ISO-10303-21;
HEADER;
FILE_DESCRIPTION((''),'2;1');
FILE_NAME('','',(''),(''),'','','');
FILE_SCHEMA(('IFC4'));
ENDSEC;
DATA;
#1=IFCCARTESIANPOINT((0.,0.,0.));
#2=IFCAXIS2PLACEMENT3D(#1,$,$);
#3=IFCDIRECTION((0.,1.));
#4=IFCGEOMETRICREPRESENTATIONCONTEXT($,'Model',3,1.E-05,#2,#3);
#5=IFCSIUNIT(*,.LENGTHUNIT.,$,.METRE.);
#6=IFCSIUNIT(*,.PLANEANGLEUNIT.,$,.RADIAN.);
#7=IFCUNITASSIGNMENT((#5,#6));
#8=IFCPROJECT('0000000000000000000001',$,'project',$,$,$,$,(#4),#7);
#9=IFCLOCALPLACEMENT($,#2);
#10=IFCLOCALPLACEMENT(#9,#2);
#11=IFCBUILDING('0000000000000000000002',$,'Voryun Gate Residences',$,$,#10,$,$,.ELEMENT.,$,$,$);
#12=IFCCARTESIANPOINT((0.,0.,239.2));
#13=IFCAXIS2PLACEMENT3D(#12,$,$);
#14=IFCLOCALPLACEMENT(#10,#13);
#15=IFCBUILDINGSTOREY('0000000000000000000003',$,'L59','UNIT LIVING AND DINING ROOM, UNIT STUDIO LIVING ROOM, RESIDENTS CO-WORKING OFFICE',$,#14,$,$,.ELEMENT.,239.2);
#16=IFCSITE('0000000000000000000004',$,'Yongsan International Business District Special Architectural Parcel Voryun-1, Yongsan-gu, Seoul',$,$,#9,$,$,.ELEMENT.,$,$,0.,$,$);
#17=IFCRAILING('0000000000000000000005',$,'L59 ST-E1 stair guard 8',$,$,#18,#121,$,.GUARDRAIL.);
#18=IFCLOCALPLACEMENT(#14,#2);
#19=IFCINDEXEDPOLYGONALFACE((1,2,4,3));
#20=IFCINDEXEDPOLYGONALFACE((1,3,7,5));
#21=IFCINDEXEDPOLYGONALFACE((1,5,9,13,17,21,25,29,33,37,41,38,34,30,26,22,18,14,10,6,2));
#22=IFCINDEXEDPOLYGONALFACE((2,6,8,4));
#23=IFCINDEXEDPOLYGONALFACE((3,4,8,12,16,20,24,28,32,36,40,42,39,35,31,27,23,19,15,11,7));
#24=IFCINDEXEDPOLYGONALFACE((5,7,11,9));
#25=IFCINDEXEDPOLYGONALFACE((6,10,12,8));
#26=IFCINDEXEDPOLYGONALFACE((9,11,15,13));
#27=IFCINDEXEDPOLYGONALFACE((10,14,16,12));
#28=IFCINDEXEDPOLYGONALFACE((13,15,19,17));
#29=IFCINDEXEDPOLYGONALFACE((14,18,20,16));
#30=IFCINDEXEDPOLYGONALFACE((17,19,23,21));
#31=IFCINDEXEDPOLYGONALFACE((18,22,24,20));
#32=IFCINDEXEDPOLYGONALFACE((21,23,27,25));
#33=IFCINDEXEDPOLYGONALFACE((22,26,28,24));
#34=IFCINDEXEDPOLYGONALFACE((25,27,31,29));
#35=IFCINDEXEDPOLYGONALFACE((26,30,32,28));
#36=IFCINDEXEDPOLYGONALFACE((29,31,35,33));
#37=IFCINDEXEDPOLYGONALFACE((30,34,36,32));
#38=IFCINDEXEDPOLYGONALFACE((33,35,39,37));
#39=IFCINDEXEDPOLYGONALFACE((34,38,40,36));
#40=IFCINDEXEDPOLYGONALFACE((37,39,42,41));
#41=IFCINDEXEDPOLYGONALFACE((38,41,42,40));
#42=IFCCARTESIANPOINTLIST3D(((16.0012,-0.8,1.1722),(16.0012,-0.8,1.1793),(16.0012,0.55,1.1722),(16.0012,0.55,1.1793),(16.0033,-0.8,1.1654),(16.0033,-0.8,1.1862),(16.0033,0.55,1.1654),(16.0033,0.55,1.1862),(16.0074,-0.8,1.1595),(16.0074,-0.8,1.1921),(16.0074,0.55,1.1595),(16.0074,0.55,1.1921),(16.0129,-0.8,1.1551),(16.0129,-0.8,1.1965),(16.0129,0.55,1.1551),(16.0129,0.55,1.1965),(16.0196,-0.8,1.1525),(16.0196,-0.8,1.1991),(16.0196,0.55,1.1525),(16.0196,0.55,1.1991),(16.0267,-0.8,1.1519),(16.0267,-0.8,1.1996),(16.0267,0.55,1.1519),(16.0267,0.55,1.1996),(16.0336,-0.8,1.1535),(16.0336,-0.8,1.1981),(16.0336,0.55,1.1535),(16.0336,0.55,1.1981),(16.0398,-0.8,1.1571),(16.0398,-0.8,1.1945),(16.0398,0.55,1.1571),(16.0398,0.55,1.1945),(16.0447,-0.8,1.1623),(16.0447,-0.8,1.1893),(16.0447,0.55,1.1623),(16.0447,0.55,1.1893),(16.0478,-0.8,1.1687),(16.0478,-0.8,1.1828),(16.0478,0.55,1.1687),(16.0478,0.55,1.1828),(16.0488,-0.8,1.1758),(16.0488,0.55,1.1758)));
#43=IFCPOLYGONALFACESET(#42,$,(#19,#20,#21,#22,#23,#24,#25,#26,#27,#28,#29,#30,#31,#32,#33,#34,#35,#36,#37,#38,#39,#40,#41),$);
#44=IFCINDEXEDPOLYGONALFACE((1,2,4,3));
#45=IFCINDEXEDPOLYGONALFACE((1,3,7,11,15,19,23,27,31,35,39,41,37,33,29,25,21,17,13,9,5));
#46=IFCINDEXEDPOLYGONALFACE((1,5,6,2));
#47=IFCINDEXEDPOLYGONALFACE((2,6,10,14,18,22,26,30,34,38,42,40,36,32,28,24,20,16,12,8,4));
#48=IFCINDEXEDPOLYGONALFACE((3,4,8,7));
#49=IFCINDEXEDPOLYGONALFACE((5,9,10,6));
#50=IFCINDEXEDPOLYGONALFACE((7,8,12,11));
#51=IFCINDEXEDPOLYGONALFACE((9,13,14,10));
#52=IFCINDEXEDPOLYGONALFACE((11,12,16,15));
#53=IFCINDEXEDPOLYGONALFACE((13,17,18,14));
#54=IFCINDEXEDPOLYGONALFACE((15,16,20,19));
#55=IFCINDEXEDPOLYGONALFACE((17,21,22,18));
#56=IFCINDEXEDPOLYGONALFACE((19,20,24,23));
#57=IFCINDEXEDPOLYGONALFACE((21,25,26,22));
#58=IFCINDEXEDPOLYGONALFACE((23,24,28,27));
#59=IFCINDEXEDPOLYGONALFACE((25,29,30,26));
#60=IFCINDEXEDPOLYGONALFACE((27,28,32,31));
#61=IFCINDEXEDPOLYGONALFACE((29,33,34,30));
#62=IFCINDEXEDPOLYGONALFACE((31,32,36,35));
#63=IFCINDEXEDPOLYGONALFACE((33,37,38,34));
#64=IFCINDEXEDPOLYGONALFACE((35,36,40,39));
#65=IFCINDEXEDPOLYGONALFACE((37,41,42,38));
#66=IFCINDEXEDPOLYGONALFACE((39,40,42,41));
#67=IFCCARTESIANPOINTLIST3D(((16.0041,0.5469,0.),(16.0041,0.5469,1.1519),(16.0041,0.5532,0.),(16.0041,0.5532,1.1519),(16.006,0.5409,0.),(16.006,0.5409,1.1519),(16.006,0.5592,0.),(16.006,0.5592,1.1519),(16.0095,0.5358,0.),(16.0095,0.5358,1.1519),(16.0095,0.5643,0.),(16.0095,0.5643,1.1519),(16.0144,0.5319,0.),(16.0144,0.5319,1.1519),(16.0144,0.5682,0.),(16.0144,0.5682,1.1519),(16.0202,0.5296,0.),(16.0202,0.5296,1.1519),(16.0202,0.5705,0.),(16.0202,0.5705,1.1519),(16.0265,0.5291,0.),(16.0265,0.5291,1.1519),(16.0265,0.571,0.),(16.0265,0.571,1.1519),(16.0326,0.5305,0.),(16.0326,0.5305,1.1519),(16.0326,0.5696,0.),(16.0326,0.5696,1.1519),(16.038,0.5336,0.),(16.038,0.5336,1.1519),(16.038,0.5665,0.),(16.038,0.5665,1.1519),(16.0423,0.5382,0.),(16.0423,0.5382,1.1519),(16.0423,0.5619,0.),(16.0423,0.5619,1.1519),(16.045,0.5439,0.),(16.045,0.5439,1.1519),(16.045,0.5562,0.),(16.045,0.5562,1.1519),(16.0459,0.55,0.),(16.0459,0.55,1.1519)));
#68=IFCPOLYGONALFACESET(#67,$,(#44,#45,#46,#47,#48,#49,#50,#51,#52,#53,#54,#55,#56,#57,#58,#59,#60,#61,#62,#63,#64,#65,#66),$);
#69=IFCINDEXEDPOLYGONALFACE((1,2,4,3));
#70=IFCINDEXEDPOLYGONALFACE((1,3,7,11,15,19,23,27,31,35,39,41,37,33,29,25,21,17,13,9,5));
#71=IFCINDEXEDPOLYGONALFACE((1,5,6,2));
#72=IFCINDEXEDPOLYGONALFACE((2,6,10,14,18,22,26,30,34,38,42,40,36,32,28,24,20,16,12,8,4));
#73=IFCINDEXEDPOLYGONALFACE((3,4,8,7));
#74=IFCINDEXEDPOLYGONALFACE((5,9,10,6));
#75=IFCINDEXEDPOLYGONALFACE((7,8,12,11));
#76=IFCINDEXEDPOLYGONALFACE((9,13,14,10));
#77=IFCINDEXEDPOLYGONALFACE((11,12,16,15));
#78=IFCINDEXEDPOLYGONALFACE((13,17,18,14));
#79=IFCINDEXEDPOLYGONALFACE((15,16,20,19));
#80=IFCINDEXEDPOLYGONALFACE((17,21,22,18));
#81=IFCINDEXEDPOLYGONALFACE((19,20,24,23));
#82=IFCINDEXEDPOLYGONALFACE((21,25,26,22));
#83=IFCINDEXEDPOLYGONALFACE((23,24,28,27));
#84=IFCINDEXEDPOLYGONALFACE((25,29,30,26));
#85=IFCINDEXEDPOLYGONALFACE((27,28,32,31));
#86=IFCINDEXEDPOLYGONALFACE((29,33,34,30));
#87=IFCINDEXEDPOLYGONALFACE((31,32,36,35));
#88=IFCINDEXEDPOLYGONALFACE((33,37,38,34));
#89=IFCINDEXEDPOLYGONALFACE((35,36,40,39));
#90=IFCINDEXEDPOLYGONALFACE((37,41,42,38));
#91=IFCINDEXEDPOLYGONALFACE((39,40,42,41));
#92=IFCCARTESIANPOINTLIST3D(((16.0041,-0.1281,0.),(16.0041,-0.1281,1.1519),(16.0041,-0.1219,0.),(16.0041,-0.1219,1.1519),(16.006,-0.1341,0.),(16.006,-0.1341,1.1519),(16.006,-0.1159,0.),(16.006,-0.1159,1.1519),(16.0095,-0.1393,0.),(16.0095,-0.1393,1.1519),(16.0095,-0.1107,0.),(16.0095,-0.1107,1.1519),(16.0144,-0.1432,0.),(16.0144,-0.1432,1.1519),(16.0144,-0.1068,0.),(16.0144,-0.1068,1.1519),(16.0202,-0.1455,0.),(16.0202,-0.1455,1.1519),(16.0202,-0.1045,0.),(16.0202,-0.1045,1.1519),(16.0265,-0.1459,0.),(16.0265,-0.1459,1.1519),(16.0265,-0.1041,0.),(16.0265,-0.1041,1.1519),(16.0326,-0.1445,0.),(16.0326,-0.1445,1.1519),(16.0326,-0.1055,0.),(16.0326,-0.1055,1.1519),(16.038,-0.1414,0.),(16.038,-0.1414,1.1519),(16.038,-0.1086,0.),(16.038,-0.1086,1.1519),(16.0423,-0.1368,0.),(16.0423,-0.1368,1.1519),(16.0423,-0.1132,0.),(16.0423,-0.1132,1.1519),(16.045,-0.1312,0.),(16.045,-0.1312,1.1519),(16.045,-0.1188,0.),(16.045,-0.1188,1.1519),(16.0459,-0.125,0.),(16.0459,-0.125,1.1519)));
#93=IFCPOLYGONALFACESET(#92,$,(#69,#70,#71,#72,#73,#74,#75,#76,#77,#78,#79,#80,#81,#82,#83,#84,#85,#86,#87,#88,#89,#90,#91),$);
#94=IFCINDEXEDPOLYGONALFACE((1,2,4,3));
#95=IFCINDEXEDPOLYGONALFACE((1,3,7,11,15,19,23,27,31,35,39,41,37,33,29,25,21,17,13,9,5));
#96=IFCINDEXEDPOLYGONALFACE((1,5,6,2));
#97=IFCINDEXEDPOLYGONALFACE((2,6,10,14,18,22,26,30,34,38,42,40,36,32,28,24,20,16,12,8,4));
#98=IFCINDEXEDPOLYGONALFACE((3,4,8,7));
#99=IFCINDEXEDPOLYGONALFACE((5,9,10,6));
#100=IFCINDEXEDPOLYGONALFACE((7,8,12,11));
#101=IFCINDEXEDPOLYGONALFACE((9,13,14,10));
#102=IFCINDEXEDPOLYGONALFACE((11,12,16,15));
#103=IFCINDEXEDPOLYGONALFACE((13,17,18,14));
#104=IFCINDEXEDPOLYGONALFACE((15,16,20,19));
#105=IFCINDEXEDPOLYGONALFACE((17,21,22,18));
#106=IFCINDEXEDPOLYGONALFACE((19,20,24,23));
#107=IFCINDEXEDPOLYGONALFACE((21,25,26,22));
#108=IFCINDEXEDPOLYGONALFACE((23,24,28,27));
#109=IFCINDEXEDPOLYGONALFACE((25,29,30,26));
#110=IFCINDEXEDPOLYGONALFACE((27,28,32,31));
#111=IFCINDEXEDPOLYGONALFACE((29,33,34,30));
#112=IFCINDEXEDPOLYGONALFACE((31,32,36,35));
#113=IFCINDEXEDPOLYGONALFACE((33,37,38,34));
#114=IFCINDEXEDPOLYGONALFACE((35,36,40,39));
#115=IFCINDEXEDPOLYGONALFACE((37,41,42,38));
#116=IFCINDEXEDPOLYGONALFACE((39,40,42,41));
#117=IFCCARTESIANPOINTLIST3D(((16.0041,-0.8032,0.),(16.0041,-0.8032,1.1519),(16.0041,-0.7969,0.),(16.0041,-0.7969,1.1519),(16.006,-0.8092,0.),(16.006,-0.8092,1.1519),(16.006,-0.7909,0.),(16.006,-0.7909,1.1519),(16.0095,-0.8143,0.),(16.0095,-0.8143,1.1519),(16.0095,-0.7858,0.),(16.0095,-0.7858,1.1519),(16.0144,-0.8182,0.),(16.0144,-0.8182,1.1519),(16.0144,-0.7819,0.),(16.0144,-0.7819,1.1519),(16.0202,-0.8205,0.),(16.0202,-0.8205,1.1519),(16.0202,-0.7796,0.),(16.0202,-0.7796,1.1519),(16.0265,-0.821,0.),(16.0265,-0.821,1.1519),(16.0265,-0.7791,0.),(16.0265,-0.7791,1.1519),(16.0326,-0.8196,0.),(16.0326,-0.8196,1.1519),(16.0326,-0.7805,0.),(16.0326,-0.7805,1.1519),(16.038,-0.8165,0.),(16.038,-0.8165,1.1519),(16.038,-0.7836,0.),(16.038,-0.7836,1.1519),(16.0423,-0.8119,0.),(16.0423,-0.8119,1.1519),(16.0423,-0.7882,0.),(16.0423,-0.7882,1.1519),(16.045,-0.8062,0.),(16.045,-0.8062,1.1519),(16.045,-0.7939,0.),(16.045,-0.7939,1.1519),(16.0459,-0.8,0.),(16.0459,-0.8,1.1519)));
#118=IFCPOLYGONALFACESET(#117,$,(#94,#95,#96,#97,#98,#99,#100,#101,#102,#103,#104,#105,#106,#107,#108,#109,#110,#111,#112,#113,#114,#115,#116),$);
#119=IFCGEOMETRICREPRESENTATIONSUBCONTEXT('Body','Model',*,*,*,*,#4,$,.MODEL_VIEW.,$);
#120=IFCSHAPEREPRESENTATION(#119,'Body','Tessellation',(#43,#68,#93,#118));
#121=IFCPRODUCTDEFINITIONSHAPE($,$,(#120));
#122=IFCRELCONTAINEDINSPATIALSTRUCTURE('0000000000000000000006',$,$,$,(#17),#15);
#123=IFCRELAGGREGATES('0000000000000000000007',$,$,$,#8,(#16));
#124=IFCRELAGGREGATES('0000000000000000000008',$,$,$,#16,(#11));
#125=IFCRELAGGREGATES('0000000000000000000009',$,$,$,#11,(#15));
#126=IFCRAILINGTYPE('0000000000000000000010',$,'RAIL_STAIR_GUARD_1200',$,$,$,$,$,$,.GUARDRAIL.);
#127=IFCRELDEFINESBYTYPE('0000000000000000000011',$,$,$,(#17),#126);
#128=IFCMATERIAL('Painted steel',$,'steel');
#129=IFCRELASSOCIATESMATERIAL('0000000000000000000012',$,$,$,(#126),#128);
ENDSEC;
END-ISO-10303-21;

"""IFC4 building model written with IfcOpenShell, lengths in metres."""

from ifc_helpers import new_model, si_unit, direction, frame, origin, origin_2d, place, context, subcontext, project, spatial, circle, extrude, material, type_object, element, save


model = new_model("IFC4")

# Units and contexts
model_context = context("Model", 3, precision=1e-05, world=origin(), true_north=direction((0.0, 1.0)))
body_context = subcontext(model_context, "Body", "Model", "MODEL_VIEW")
ifc_project = project(units=[si_unit("LENGTHUNIT", "METRE"), si_unit("PLANEANGLEUNIT", "RADIAN")], contexts=[model_context])

# Site, building, storey
site_placement = place(None, origin())
site = spatial("IfcSite", under=ifc_project, at=site_placement, Name="Yongsan International Business District Special Architectural Parcel Voryun-1, Yongsan-gu, Seoul", CompositionType="ELEMENT", RefElevation=0.0)
building_placement = place(site_placement, origin())
building = spatial("IfcBuilding", under=site, at=building_placement, Name="Voryun Gate Residences", CompositionType="ELEMENT")
storey_placement = place(building_placement, frame((0.0, 0.0, 239.2)))
storey = spatial("IfcBuildingStorey", under=building, at=storey_placement, Name="L59", Description="UNIT LIVING AND DINING ROOM, UNIT STUDIO LIVING ROOM, RESIDENTS CO-WORKING OFFICE", CompositionType="ELEMENT", Elevation=239.2)

# Railing
ifc_material_1 = material(Name="Painted steel", Category="steel")
railing_type = type_object("IfcRailingType", Name="RAIL_STAIR_GUARD_1200", PredefinedType="GUARDRAIL", material=ifc_material_1)
railing_placement = place(storey_placement, frame((16.0249, 0.55, 0.0)))
element("IfcRailing", 1, at=railing_placement, inside=storey, type_object=railing_type, Name="L59 ST-E1 stair guard 8", PredefinedType="GUARDRAIL", context=body_context, shape_type="SweptSolid", body=[
    extrude(circle(Radius=0.0239, at=origin_2d()), frame((0.0, 0.0, 1.1758), z_axis=(0.0, -1.0, 0.0), x_axis=(1.0, 0.0, 0.0)), (0.0, 0.0, 1.0), 1.3501),
    extrude(circle(Radius=0.021, at=origin_2d()), origin(), (0.0, 0.0, 1.0), 1.1519),
    extrude(circle(Radius=0.021, at=origin_2d()), frame((0.0, -0.675, 0.0)), (0.0, 0.0, 1.0), 1.1519),
    extrude(circle(Radius=0.021, at=origin_2d()), frame((0.0, -1.3501, 0.0)), (0.0, 0.0, 1.0), 1.1519),
])

save(model, "model.ifc")
